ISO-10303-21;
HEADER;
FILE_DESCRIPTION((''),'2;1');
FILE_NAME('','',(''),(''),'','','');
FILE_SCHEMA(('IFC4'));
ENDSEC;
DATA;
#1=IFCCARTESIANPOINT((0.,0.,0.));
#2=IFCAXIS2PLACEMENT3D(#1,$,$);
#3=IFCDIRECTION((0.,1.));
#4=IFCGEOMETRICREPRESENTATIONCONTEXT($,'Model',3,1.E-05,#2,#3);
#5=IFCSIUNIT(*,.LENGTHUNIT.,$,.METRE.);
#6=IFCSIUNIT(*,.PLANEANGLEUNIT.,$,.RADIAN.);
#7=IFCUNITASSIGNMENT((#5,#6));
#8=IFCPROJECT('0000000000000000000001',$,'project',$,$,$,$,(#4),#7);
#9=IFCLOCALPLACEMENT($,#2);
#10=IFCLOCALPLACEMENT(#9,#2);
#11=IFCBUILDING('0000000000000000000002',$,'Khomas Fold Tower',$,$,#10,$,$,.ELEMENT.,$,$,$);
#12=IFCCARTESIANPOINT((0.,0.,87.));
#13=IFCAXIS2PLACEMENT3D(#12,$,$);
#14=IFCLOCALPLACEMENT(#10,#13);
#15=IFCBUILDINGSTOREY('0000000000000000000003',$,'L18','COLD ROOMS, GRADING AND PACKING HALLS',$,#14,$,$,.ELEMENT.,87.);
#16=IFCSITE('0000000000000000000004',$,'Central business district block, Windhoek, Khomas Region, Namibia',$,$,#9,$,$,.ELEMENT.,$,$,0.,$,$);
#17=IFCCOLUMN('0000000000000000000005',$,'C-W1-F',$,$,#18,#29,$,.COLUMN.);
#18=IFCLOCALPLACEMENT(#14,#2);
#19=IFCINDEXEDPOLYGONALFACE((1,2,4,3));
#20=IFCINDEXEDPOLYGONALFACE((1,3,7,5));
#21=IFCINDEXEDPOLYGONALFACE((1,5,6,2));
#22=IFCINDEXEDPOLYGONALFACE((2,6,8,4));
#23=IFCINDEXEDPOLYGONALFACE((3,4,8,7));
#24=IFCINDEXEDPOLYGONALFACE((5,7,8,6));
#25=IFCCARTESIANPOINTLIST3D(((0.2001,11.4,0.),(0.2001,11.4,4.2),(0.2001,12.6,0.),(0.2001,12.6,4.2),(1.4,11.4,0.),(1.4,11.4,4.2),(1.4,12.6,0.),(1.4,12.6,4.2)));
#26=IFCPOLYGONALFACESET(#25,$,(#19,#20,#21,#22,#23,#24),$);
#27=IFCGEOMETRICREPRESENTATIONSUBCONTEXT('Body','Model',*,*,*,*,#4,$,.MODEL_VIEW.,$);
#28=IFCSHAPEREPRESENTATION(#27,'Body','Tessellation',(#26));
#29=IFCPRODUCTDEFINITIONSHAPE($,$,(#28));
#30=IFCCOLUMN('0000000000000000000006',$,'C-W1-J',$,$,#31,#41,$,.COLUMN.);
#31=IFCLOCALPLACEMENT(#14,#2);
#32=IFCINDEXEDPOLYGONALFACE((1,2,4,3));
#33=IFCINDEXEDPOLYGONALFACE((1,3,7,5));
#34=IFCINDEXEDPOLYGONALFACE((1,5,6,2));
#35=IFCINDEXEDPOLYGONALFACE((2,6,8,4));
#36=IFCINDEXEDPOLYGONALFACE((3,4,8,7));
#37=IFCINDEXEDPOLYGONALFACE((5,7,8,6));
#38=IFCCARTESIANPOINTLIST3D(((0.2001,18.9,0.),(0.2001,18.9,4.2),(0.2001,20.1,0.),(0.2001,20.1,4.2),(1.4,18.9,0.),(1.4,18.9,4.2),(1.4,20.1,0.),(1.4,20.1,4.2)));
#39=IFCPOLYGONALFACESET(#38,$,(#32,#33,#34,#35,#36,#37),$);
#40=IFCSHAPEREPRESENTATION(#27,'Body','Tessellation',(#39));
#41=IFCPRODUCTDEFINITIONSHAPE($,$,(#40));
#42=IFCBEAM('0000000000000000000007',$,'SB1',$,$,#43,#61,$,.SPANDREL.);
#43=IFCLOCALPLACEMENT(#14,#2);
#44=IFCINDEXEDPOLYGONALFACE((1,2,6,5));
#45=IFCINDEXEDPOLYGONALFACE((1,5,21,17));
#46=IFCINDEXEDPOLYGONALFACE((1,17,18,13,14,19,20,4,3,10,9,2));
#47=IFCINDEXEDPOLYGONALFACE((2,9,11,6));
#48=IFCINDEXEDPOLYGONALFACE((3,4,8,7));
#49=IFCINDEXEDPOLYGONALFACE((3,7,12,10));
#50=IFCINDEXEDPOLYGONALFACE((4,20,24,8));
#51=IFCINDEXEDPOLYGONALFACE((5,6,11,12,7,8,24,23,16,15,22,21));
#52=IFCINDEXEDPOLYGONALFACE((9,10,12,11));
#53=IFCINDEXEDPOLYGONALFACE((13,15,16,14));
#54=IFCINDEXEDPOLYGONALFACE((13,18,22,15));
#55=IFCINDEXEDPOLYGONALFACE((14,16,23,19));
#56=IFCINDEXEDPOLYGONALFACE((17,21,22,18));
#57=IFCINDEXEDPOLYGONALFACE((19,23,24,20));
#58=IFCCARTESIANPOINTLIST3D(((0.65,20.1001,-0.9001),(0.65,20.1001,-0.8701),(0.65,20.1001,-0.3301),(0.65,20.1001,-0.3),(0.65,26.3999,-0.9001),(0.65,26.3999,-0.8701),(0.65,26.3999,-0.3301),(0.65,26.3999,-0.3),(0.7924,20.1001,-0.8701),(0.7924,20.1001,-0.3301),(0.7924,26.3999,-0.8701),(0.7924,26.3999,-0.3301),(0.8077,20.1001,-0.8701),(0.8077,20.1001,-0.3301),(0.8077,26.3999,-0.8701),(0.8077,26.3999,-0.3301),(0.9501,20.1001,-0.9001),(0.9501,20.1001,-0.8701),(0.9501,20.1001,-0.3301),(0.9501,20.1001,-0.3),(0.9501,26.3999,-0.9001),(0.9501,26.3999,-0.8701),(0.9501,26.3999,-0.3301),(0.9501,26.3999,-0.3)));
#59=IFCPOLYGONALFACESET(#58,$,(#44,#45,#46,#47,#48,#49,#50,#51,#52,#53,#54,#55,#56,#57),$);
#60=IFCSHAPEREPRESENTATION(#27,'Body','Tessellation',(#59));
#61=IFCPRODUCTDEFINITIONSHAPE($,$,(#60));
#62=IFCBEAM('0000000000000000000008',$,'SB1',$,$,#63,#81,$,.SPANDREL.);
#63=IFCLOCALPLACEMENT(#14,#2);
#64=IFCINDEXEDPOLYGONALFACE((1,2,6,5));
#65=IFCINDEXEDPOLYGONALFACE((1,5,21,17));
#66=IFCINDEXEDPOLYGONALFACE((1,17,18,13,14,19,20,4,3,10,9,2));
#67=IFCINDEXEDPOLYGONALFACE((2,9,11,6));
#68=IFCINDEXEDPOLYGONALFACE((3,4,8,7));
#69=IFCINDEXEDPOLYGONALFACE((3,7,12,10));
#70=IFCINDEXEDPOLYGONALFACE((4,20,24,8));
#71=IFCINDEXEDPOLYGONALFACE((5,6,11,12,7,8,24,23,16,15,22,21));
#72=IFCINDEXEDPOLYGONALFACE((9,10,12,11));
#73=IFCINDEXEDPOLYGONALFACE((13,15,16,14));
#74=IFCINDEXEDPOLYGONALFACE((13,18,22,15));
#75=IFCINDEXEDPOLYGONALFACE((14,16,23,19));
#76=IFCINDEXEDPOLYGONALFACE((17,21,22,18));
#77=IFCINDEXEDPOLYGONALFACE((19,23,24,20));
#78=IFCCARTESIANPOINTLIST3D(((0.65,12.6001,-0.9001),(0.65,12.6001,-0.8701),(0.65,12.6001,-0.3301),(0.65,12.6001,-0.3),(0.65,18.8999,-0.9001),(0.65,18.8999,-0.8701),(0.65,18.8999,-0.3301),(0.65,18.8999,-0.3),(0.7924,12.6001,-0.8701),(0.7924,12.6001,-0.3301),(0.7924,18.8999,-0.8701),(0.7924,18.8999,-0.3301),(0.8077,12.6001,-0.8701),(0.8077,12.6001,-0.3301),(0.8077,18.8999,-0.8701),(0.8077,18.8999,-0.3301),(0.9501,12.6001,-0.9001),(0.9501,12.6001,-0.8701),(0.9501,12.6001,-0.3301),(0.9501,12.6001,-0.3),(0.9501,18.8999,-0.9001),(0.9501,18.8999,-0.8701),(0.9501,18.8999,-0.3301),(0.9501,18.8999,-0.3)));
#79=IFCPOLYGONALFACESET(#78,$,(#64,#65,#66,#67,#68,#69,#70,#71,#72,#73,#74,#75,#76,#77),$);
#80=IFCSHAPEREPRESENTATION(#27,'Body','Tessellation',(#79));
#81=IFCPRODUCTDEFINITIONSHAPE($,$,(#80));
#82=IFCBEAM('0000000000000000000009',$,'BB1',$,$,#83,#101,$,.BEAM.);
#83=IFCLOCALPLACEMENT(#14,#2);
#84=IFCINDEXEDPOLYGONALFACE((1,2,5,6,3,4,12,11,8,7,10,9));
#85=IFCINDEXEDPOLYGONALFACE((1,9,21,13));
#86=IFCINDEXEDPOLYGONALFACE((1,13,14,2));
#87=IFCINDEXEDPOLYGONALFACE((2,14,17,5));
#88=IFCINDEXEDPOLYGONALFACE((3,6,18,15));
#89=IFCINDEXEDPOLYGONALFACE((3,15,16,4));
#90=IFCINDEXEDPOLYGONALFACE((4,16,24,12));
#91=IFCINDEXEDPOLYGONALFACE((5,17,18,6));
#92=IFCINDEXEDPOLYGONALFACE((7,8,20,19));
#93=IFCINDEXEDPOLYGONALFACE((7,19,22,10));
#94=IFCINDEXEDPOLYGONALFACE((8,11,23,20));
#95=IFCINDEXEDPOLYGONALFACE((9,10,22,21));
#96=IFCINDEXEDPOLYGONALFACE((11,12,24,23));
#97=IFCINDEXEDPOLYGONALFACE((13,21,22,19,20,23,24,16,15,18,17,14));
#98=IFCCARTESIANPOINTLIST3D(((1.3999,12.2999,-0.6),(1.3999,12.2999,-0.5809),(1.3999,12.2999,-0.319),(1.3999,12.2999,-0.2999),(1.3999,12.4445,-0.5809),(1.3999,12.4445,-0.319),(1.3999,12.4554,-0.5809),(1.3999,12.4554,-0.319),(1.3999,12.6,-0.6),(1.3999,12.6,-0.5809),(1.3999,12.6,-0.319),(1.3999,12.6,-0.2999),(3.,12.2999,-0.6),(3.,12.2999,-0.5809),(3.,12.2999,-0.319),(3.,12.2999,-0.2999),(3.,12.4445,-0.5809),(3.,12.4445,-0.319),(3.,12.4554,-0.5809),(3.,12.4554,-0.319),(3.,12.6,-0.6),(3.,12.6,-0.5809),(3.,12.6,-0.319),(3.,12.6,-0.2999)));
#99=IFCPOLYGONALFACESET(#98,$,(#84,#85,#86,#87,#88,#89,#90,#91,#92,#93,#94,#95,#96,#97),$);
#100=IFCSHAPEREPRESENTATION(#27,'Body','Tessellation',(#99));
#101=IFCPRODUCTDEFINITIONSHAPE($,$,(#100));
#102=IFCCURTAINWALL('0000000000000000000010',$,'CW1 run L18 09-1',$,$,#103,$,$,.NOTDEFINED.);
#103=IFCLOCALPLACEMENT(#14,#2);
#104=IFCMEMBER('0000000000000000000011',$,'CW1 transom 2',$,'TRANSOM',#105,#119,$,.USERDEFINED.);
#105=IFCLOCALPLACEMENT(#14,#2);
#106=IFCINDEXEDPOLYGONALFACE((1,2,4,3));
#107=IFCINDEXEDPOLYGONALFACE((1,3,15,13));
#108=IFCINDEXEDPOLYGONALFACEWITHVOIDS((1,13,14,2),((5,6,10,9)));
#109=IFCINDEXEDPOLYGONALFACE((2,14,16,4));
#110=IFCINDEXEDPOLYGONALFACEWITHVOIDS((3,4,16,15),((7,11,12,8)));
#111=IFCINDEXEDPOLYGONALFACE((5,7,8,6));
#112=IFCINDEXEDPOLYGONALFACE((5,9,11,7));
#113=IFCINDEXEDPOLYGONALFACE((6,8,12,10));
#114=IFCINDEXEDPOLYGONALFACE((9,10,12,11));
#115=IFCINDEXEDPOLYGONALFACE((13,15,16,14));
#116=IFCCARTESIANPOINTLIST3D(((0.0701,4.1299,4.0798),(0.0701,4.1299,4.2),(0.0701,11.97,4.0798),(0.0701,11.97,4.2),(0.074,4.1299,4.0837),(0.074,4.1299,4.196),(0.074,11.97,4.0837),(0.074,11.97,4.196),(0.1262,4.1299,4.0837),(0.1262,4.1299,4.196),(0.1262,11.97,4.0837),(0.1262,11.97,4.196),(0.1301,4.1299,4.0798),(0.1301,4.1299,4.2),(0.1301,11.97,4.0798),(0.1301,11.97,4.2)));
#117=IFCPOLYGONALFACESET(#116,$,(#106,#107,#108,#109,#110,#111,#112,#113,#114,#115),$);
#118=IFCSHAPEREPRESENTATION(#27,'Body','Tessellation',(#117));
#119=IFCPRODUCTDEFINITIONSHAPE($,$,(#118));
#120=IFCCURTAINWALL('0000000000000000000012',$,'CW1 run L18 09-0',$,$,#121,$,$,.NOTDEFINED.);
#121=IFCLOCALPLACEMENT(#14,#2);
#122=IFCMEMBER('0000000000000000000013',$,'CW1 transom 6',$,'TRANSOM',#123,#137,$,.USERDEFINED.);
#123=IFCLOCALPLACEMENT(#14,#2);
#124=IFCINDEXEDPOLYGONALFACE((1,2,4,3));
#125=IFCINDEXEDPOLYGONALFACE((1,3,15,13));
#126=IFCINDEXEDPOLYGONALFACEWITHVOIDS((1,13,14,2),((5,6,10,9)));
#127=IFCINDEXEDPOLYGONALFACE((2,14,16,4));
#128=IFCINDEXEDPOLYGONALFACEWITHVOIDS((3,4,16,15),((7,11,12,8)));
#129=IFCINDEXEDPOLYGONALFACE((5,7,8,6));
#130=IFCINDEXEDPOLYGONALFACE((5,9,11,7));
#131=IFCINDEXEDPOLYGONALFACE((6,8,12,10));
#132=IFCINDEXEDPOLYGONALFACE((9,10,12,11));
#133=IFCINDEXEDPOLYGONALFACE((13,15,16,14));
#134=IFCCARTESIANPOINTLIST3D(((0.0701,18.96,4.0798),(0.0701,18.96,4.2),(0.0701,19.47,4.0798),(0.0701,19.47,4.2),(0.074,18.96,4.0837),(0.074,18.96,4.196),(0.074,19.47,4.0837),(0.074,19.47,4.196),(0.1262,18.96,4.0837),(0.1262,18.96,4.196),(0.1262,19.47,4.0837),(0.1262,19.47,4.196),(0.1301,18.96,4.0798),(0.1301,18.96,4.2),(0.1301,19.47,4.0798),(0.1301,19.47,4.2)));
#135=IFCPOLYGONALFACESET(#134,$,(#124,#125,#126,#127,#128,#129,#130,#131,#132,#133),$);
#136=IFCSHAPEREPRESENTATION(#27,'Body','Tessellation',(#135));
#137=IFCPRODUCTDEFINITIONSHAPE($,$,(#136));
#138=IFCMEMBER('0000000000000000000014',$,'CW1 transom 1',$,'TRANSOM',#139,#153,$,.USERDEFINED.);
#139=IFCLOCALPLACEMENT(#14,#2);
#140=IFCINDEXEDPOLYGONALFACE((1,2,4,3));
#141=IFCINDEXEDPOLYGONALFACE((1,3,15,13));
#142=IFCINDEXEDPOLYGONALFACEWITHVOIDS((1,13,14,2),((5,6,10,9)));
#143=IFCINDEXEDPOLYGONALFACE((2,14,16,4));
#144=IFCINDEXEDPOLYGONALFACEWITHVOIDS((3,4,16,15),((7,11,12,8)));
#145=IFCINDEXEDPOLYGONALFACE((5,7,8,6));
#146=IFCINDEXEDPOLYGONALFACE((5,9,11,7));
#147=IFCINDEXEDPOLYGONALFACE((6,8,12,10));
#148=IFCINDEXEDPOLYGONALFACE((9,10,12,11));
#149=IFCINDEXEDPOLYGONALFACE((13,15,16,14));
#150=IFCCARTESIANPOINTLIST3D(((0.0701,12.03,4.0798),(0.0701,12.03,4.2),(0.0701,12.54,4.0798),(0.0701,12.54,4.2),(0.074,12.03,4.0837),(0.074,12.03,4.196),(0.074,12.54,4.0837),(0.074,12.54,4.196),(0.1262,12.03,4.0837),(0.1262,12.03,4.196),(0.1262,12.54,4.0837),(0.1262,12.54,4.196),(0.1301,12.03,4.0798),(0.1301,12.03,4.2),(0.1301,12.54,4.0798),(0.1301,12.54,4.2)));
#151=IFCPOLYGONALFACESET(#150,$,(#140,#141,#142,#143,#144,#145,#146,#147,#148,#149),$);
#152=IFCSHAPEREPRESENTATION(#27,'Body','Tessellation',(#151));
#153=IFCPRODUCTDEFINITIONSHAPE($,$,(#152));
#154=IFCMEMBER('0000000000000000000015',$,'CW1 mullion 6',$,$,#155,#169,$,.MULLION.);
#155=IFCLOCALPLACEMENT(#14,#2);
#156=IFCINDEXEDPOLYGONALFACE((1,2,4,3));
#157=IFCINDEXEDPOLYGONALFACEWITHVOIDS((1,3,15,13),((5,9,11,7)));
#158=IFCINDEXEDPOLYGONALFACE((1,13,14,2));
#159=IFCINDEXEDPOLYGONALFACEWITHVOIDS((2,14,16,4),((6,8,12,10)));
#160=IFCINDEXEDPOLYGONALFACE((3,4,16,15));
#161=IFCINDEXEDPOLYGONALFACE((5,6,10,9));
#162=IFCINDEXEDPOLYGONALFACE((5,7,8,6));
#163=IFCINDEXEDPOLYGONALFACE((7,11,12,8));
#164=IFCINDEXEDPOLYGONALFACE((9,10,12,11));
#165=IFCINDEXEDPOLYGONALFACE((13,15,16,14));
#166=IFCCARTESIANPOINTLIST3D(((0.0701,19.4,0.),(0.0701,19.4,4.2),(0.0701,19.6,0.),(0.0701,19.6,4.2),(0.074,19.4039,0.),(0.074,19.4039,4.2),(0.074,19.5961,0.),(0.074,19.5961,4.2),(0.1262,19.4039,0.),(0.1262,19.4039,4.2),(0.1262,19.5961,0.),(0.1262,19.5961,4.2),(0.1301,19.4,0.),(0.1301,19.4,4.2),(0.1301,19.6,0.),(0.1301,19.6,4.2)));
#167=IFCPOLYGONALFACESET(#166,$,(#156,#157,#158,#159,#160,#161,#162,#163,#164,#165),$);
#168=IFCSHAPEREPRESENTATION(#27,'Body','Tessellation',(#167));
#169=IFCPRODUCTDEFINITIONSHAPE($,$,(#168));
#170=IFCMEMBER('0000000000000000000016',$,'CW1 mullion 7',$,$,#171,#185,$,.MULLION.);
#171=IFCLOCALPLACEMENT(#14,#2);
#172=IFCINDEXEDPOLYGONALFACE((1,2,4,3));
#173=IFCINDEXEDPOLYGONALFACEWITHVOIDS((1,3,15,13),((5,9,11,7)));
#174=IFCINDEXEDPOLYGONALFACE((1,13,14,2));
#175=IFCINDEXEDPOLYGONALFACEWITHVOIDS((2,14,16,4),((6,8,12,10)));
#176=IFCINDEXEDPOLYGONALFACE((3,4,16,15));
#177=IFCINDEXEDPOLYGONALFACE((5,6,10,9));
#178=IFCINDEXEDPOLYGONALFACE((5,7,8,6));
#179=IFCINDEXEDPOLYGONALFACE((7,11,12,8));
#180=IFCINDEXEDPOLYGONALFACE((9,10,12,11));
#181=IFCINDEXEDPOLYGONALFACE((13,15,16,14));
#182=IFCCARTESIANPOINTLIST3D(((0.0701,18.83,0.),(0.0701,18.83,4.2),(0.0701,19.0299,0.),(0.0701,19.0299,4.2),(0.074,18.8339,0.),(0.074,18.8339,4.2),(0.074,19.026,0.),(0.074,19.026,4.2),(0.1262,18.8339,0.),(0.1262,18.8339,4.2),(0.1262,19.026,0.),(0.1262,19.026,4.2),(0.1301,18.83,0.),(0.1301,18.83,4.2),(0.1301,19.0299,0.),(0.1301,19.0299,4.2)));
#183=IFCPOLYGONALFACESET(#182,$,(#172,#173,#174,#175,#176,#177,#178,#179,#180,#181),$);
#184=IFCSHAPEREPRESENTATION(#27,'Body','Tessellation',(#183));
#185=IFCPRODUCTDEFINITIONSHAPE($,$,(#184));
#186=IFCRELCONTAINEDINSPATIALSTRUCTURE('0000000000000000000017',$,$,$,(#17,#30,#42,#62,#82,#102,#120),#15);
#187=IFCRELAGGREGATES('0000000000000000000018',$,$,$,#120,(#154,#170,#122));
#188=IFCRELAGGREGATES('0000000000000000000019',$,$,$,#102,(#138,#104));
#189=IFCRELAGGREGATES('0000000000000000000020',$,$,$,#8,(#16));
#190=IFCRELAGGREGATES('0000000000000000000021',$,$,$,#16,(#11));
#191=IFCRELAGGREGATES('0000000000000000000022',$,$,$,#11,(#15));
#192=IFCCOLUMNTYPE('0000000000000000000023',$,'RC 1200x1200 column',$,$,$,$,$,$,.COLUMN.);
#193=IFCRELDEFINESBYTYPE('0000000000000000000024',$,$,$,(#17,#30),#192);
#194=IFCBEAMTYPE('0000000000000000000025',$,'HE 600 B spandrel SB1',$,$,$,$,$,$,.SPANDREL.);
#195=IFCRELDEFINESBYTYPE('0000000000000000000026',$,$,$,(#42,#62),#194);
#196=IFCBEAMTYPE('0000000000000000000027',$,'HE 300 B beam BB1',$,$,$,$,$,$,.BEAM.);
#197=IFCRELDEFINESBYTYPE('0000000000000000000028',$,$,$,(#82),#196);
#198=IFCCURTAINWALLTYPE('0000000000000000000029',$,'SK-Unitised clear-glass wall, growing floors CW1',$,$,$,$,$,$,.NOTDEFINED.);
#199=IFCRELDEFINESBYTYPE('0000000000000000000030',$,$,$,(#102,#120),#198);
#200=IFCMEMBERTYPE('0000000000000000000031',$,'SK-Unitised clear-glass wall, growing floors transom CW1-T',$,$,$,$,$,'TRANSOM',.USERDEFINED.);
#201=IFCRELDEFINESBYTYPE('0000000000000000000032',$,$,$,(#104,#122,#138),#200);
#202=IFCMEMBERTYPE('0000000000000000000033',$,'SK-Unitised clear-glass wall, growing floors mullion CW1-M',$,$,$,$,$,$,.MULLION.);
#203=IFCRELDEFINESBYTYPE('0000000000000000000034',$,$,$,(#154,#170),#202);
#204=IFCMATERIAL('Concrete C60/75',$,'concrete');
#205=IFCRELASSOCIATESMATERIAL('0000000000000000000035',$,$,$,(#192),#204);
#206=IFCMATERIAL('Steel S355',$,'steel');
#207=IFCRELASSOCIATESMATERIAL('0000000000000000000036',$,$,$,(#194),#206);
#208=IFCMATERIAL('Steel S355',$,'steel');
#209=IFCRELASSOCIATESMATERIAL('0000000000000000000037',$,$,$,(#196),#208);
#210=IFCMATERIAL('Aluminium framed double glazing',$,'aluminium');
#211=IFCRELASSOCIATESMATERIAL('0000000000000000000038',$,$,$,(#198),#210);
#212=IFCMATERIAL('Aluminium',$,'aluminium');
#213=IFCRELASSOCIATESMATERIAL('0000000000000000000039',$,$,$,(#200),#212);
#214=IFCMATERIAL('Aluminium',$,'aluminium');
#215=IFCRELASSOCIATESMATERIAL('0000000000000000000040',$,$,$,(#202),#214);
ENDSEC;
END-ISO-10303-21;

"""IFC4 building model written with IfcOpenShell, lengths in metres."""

from ifc_helpers import new_model, si_unit, direction, frame, origin, origin_2d, place, context, subcontext, project, spatial, rectangle, hollow_rectangle, i_section, extrude, source, transform, mapped, material, material_profile, profile_set, type_object, element, aggregate, save


model = new_model("IFC4")

# Units and contexts
model_context = context("Model", 3, precision=1e-05, world=origin(), true_north=direction((0.0, 1.0)))
body_context = subcontext(model_context, "Body", "Model", "MODEL_VIEW")
ifc_project = project(units=[si_unit("LENGTHUNIT", "METRE"), si_unit("PLANEANGLEUNIT", "RADIAN")], contexts=[model_context])

# Site, building, storey
site_placement = place(None, origin())
site = spatial("IfcSite", under=ifc_project, at=site_placement, Name="Central business district block, Windhoek, Khomas Region, Namibia", CompositionType="ELEMENT", RefElevation=0.0)
building_placement = place(site_placement, origin())
building = spatial("IfcBuilding", under=site, at=building_placement, Name="Khomas Fold Tower", CompositionType="ELEMENT")
storey_placement = place(building_placement, frame((0.0, 0.0, 87.0)))
storey = spatial("IfcBuildingStorey", under=building, at=storey_placement, Name="L18", Description="COLD ROOMS, GRADING AND PACKING HALLS", CompositionType="ELEMENT", Elevation=87.0)

# Columns
ifc_material_1 = material(Name="Concrete C60/75", Category="concrete")
ifc_material_profile_1 = material_profile(ifc_material_1, rectangle(XDim=1.2, YDim=1.2, at=origin_2d()), Name="RC 1200x1200")
ifc_profile_set_1 = profile_set([ifc_material_profile_1], Name="Concrete C60/75")
column_type = type_object("IfcColumnType", Name="RC 1200x1200 column", PredefinedType="COLUMN", material=ifc_profile_set_1)
shared_shape_1 = source(origin(), body_context, "Body", "SweptSolid", [
    extrude(rectangle(XDim=1.2, YDim=1.2, at=origin_2d()), origin(), (0.0, 0.0, 1.0), 4.2),
])
for number, where, z_axis, x_axis, name in (
    (1, (0.8, 12.0, 0.0), (0.0, 0.0, 1.0), (1.0, 0.0, 0.0), "C-W1-F"),
    (2, (0.8, 19.5, 0.0), (0.0, 0.0, 1.0), (1.0, 0.0, 0.0), "C-W1-J"),
):
    element("IfcColumn", number, at=place(storey_placement, frame(where, z_axis=z_axis, x_axis=x_axis)), inside=storey, type_object=column_type, Name=name, PredefinedType="COLUMN", context=body_context, shape_type="MappedRepresentation", body=[
        mapped(shared_shape_1, transform((0.0, 0.0, 0.0))),
    ])

# Beams
ifc_material_2 = material(Name="Steel S355", Category="steel")
ifc_material_profile_2 = material_profile(ifc_material_2, i_section(OverallWidth=0.3, OverallDepth=0.6001, WebThickness=0.0154, FlangeThickness=0.03, at=origin_2d()), Name="HE 600 B")
ifc_profile_set_2 = profile_set([ifc_material_profile_2], Name="Steel S355")
beam_type_1 = type_object("IfcBeamType", Name="HE 600 B spandrel SB1", PredefinedType="SPANDREL", material=ifc_profile_set_2)
shared_shape_2 = source(origin(), body_context, "Body", "SweptSolid", [
    extrude(i_section(OverallWidth=0.3, OverallDepth=0.6001, WebThickness=0.0154, FlangeThickness=0.03, at=origin_2d()), origin(), (0.0, 0.0, 1.0), 6.2998),
])
for number, where, z_axis, x_axis, name in (
    (3, (0.8, 20.1001, -0.6001), (0.0, 1.0, 0.0), (-1.0, 0.0, 0.0), "SB1"),
    (4, (0.8, 12.6001, -0.6001), (0.0, 1.0, 0.0), (-1.0, 0.0, 0.0), "SB1"),
):
    element("IfcBeam", number, at=place(storey_placement, frame(where, z_axis=z_axis, x_axis=x_axis)), inside=storey, type_object=beam_type_1, Name=name, PredefinedType="SPANDREL", context=body_context, shape_type="MappedRepresentation", body=[
        mapped(shared_shape_2, transform((0.0, 0.0, 0.0))),
    ])
ifc_material_3 = material(Name="Steel S355", Category="steel")
ifc_material_profile_3 = material_profile(ifc_material_3, i_section(OverallWidth=0.3, OverallDepth=0.3, WebThickness=0.011, FlangeThickness=0.019, at=origin_2d()), Name="HE 300 B")
ifc_profile_set_3 = profile_set([ifc_material_profile_3], Name="Steel S355")
beam_type_2 = type_object("IfcBeamType", Name="HE 300 B beam BB1", PredefinedType="BEAM", material=ifc_profile_set_3)
shared_shape_3 = source(origin(), body_context, "Body", "SweptSolid", [
    extrude(i_section(OverallWidth=0.3, OverallDepth=0.3, WebThickness=0.011, FlangeThickness=0.019, at=origin_2d()), origin(), (0.0, 0.0, 1.0), 1.6001),
])
beam_placement = place(storey_placement, frame((1.3999, 12.45, -0.45), z_axis=(1.0, 0.0, 0.0), x_axis=(0.0, 1.0, 0.0)))
element("IfcBeam", 5, at=beam_placement, inside=storey, type_object=beam_type_2, Name="BB1", PredefinedType="BEAM", context=body_context, shape_type="MappedRepresentation", body=[
    mapped(shared_shape_3, transform((0.0, 0.0, 0.0))),
])

# Curtain walls, members
ifc_material_4 = material(Name="Aluminium framed double glazing", Category="aluminium")
curtain_wall_type = type_object("IfcCurtainWallType", Name="SK-Unitised clear-glass wall, growing floors CW1", PredefinedType="NOTDEFINED", material=ifc_material_4)
curtain_wall_1_placement = place(storey_placement, origin())
curtain_wall_1 = element("IfcCurtainWall", 6, at=curtain_wall_1_placement, inside=storey, type_object=curtain_wall_type, Name="CW1 run L18 09-1", PredefinedType="NOTDEFINED")
ifc_material_5 = material(Name="Aluminium", Category="aluminium")
ifc_material_profile_4 = material_profile(ifc_material_5, hollow_rectangle(XDim=0.0601, YDim=0.1201, WallThickness=0.0039, at=origin_2d()), Name="SK-Unitised clear-glass wall, growing floors transom CW1-T")
ifc_profile_set_4 = profile_set([ifc_material_profile_4], Name="Aluminium")
member_type_1 = type_object("IfcMemberType", Name="SK-Unitised clear-glass wall, growing floors transom CW1-T", ElementType="TRANSOM", PredefinedType="USERDEFINED", material=ifc_profile_set_4)
shared_shape_4 = source(origin(), body_context, "Body", "SweptSolid", [
    extrude(hollow_rectangle(XDim=0.0601, YDim=0.1201, WallThickness=0.0039, at=origin_2d()), origin(), (0.0, 0.0, 1.0), 7.8401),
])
member_1_placement = place(storey_placement, frame((0.1001, 11.97, 4.1399), z_axis=(0.0, -1.0, 0.0), x_axis=(1.0, 0.0, 0.0)))
member_1 = element("IfcMember", 7, at=member_1_placement, type_object=member_type_1, Name="CW1 transom 2", ObjectType="TRANSOM", PredefinedType="USERDEFINED", context=body_context, shape_type="MappedRepresentation", body=[
    mapped(shared_shape_4, transform((0.0, 0.0, 0.0))),
])
curtain_wall_2_placement = place(storey_placement, origin())
curtain_wall_2 = element("IfcCurtainWall", 8, at=curtain_wall_2_placement, inside=storey, type_object=curtain_wall_type, Name="CW1 run L18 09-0", PredefinedType="NOTDEFINED")
shared_shape_5 = source(origin(), body_context, "Body", "SweptSolid", [
    extrude(hollow_rectangle(XDim=0.0601, YDim=0.1201, WallThickness=0.0039, at=origin_2d()), origin(), (0.0, 0.0, 1.0), 0.51),
])
member_2_placement = place(storey_placement, frame((0.1001, 19.47, 4.1399), z_axis=(0.0, -1.0, 0.0), x_axis=(1.0, 0.0, 0.0)))
member_2 = element("IfcMember", 9, at=member_2_placement, type_object=member_type_1, Name="CW1 transom 6", ObjectType="TRANSOM", PredefinedType="USERDEFINED", context=body_context, shape_type="MappedRepresentation", body=[
    mapped(shared_shape_5, transform((0.0, 0.0, 0.0))),
])

# Members
member_3_placement = place(storey_placement, frame((0.1001, 12.54, 4.1399), z_axis=(0.0, -1.0, 0.0), x_axis=(1.0, 0.0, 0.0)))
member_3 = element("IfcMember", 10, at=member_3_placement, type_object=member_type_1, Name="CW1 transom 1", ObjectType="TRANSOM", PredefinedType="USERDEFINED", context=body_context, shape_type="MappedRepresentation", body=[
    mapped(shared_shape_5, transform((0.0, 0.0, 0.0))),
])
ifc_material_6 = material(Name="Aluminium", Category="aluminium")
ifc_material_profile_5 = material_profile(ifc_material_6, hollow_rectangle(XDim=0.0601, YDim=0.2, WallThickness=0.0039, at=origin_2d()), Name="SK-Unitised clear-glass wall, growing floors mullion CW1-M")
ifc_profile_set_5 = profile_set([ifc_material_profile_5], Name="Aluminium")
member_type_2 = type_object("IfcMemberType", Name="SK-Unitised clear-glass wall, growing floors mullion CW1-M", PredefinedType="MULLION", material=ifc_profile_set_5)
shared_shape_6 = source(origin(), body_context, "Body", "SweptSolid", [
    extrude(hollow_rectangle(XDim=0.0601, YDim=0.2, WallThickness=0.0039, at=origin_2d()), origin(), (0.0, 0.0, 1.0), 4.2),
])
member_4_placement = place(storey_placement, frame((0.1001, 19.5, 0.0), z_axis=(0.0, 0.0, 1.0), x_axis=(1.0, 0.0, 0.0)))
member_4 = element("IfcMember", 11, at=member_4_placement, type_object=member_type_2, Name="CW1 mullion 6", PredefinedType="MULLION", context=body_context, shape_type="MappedRepresentation", body=[
    mapped(shared_shape_6, transform((0.0, 0.0, 0.0))),
])
member_5_placement = place(storey_placement, frame((0.1001, 18.9299, 0.0), z_axis=(0.0, 0.0, 1.0), x_axis=(1.0, 0.0, 0.0)))
member_5 = element("IfcMember", 12, at=member_5_placement, type_object=member_type_2, Name="CW1 mullion 7", PredefinedType="MULLION", context=body_context, shape_type="MappedRepresentation", body=[
    mapped(shared_shape_6, transform((0.0, 0.0, 0.0))),
])

aggregate(curtain_wall_2, [member_4, member_5, member_2])
aggregate(curtain_wall_1, [member_3, member_1])

save(model, "model.ifc")
